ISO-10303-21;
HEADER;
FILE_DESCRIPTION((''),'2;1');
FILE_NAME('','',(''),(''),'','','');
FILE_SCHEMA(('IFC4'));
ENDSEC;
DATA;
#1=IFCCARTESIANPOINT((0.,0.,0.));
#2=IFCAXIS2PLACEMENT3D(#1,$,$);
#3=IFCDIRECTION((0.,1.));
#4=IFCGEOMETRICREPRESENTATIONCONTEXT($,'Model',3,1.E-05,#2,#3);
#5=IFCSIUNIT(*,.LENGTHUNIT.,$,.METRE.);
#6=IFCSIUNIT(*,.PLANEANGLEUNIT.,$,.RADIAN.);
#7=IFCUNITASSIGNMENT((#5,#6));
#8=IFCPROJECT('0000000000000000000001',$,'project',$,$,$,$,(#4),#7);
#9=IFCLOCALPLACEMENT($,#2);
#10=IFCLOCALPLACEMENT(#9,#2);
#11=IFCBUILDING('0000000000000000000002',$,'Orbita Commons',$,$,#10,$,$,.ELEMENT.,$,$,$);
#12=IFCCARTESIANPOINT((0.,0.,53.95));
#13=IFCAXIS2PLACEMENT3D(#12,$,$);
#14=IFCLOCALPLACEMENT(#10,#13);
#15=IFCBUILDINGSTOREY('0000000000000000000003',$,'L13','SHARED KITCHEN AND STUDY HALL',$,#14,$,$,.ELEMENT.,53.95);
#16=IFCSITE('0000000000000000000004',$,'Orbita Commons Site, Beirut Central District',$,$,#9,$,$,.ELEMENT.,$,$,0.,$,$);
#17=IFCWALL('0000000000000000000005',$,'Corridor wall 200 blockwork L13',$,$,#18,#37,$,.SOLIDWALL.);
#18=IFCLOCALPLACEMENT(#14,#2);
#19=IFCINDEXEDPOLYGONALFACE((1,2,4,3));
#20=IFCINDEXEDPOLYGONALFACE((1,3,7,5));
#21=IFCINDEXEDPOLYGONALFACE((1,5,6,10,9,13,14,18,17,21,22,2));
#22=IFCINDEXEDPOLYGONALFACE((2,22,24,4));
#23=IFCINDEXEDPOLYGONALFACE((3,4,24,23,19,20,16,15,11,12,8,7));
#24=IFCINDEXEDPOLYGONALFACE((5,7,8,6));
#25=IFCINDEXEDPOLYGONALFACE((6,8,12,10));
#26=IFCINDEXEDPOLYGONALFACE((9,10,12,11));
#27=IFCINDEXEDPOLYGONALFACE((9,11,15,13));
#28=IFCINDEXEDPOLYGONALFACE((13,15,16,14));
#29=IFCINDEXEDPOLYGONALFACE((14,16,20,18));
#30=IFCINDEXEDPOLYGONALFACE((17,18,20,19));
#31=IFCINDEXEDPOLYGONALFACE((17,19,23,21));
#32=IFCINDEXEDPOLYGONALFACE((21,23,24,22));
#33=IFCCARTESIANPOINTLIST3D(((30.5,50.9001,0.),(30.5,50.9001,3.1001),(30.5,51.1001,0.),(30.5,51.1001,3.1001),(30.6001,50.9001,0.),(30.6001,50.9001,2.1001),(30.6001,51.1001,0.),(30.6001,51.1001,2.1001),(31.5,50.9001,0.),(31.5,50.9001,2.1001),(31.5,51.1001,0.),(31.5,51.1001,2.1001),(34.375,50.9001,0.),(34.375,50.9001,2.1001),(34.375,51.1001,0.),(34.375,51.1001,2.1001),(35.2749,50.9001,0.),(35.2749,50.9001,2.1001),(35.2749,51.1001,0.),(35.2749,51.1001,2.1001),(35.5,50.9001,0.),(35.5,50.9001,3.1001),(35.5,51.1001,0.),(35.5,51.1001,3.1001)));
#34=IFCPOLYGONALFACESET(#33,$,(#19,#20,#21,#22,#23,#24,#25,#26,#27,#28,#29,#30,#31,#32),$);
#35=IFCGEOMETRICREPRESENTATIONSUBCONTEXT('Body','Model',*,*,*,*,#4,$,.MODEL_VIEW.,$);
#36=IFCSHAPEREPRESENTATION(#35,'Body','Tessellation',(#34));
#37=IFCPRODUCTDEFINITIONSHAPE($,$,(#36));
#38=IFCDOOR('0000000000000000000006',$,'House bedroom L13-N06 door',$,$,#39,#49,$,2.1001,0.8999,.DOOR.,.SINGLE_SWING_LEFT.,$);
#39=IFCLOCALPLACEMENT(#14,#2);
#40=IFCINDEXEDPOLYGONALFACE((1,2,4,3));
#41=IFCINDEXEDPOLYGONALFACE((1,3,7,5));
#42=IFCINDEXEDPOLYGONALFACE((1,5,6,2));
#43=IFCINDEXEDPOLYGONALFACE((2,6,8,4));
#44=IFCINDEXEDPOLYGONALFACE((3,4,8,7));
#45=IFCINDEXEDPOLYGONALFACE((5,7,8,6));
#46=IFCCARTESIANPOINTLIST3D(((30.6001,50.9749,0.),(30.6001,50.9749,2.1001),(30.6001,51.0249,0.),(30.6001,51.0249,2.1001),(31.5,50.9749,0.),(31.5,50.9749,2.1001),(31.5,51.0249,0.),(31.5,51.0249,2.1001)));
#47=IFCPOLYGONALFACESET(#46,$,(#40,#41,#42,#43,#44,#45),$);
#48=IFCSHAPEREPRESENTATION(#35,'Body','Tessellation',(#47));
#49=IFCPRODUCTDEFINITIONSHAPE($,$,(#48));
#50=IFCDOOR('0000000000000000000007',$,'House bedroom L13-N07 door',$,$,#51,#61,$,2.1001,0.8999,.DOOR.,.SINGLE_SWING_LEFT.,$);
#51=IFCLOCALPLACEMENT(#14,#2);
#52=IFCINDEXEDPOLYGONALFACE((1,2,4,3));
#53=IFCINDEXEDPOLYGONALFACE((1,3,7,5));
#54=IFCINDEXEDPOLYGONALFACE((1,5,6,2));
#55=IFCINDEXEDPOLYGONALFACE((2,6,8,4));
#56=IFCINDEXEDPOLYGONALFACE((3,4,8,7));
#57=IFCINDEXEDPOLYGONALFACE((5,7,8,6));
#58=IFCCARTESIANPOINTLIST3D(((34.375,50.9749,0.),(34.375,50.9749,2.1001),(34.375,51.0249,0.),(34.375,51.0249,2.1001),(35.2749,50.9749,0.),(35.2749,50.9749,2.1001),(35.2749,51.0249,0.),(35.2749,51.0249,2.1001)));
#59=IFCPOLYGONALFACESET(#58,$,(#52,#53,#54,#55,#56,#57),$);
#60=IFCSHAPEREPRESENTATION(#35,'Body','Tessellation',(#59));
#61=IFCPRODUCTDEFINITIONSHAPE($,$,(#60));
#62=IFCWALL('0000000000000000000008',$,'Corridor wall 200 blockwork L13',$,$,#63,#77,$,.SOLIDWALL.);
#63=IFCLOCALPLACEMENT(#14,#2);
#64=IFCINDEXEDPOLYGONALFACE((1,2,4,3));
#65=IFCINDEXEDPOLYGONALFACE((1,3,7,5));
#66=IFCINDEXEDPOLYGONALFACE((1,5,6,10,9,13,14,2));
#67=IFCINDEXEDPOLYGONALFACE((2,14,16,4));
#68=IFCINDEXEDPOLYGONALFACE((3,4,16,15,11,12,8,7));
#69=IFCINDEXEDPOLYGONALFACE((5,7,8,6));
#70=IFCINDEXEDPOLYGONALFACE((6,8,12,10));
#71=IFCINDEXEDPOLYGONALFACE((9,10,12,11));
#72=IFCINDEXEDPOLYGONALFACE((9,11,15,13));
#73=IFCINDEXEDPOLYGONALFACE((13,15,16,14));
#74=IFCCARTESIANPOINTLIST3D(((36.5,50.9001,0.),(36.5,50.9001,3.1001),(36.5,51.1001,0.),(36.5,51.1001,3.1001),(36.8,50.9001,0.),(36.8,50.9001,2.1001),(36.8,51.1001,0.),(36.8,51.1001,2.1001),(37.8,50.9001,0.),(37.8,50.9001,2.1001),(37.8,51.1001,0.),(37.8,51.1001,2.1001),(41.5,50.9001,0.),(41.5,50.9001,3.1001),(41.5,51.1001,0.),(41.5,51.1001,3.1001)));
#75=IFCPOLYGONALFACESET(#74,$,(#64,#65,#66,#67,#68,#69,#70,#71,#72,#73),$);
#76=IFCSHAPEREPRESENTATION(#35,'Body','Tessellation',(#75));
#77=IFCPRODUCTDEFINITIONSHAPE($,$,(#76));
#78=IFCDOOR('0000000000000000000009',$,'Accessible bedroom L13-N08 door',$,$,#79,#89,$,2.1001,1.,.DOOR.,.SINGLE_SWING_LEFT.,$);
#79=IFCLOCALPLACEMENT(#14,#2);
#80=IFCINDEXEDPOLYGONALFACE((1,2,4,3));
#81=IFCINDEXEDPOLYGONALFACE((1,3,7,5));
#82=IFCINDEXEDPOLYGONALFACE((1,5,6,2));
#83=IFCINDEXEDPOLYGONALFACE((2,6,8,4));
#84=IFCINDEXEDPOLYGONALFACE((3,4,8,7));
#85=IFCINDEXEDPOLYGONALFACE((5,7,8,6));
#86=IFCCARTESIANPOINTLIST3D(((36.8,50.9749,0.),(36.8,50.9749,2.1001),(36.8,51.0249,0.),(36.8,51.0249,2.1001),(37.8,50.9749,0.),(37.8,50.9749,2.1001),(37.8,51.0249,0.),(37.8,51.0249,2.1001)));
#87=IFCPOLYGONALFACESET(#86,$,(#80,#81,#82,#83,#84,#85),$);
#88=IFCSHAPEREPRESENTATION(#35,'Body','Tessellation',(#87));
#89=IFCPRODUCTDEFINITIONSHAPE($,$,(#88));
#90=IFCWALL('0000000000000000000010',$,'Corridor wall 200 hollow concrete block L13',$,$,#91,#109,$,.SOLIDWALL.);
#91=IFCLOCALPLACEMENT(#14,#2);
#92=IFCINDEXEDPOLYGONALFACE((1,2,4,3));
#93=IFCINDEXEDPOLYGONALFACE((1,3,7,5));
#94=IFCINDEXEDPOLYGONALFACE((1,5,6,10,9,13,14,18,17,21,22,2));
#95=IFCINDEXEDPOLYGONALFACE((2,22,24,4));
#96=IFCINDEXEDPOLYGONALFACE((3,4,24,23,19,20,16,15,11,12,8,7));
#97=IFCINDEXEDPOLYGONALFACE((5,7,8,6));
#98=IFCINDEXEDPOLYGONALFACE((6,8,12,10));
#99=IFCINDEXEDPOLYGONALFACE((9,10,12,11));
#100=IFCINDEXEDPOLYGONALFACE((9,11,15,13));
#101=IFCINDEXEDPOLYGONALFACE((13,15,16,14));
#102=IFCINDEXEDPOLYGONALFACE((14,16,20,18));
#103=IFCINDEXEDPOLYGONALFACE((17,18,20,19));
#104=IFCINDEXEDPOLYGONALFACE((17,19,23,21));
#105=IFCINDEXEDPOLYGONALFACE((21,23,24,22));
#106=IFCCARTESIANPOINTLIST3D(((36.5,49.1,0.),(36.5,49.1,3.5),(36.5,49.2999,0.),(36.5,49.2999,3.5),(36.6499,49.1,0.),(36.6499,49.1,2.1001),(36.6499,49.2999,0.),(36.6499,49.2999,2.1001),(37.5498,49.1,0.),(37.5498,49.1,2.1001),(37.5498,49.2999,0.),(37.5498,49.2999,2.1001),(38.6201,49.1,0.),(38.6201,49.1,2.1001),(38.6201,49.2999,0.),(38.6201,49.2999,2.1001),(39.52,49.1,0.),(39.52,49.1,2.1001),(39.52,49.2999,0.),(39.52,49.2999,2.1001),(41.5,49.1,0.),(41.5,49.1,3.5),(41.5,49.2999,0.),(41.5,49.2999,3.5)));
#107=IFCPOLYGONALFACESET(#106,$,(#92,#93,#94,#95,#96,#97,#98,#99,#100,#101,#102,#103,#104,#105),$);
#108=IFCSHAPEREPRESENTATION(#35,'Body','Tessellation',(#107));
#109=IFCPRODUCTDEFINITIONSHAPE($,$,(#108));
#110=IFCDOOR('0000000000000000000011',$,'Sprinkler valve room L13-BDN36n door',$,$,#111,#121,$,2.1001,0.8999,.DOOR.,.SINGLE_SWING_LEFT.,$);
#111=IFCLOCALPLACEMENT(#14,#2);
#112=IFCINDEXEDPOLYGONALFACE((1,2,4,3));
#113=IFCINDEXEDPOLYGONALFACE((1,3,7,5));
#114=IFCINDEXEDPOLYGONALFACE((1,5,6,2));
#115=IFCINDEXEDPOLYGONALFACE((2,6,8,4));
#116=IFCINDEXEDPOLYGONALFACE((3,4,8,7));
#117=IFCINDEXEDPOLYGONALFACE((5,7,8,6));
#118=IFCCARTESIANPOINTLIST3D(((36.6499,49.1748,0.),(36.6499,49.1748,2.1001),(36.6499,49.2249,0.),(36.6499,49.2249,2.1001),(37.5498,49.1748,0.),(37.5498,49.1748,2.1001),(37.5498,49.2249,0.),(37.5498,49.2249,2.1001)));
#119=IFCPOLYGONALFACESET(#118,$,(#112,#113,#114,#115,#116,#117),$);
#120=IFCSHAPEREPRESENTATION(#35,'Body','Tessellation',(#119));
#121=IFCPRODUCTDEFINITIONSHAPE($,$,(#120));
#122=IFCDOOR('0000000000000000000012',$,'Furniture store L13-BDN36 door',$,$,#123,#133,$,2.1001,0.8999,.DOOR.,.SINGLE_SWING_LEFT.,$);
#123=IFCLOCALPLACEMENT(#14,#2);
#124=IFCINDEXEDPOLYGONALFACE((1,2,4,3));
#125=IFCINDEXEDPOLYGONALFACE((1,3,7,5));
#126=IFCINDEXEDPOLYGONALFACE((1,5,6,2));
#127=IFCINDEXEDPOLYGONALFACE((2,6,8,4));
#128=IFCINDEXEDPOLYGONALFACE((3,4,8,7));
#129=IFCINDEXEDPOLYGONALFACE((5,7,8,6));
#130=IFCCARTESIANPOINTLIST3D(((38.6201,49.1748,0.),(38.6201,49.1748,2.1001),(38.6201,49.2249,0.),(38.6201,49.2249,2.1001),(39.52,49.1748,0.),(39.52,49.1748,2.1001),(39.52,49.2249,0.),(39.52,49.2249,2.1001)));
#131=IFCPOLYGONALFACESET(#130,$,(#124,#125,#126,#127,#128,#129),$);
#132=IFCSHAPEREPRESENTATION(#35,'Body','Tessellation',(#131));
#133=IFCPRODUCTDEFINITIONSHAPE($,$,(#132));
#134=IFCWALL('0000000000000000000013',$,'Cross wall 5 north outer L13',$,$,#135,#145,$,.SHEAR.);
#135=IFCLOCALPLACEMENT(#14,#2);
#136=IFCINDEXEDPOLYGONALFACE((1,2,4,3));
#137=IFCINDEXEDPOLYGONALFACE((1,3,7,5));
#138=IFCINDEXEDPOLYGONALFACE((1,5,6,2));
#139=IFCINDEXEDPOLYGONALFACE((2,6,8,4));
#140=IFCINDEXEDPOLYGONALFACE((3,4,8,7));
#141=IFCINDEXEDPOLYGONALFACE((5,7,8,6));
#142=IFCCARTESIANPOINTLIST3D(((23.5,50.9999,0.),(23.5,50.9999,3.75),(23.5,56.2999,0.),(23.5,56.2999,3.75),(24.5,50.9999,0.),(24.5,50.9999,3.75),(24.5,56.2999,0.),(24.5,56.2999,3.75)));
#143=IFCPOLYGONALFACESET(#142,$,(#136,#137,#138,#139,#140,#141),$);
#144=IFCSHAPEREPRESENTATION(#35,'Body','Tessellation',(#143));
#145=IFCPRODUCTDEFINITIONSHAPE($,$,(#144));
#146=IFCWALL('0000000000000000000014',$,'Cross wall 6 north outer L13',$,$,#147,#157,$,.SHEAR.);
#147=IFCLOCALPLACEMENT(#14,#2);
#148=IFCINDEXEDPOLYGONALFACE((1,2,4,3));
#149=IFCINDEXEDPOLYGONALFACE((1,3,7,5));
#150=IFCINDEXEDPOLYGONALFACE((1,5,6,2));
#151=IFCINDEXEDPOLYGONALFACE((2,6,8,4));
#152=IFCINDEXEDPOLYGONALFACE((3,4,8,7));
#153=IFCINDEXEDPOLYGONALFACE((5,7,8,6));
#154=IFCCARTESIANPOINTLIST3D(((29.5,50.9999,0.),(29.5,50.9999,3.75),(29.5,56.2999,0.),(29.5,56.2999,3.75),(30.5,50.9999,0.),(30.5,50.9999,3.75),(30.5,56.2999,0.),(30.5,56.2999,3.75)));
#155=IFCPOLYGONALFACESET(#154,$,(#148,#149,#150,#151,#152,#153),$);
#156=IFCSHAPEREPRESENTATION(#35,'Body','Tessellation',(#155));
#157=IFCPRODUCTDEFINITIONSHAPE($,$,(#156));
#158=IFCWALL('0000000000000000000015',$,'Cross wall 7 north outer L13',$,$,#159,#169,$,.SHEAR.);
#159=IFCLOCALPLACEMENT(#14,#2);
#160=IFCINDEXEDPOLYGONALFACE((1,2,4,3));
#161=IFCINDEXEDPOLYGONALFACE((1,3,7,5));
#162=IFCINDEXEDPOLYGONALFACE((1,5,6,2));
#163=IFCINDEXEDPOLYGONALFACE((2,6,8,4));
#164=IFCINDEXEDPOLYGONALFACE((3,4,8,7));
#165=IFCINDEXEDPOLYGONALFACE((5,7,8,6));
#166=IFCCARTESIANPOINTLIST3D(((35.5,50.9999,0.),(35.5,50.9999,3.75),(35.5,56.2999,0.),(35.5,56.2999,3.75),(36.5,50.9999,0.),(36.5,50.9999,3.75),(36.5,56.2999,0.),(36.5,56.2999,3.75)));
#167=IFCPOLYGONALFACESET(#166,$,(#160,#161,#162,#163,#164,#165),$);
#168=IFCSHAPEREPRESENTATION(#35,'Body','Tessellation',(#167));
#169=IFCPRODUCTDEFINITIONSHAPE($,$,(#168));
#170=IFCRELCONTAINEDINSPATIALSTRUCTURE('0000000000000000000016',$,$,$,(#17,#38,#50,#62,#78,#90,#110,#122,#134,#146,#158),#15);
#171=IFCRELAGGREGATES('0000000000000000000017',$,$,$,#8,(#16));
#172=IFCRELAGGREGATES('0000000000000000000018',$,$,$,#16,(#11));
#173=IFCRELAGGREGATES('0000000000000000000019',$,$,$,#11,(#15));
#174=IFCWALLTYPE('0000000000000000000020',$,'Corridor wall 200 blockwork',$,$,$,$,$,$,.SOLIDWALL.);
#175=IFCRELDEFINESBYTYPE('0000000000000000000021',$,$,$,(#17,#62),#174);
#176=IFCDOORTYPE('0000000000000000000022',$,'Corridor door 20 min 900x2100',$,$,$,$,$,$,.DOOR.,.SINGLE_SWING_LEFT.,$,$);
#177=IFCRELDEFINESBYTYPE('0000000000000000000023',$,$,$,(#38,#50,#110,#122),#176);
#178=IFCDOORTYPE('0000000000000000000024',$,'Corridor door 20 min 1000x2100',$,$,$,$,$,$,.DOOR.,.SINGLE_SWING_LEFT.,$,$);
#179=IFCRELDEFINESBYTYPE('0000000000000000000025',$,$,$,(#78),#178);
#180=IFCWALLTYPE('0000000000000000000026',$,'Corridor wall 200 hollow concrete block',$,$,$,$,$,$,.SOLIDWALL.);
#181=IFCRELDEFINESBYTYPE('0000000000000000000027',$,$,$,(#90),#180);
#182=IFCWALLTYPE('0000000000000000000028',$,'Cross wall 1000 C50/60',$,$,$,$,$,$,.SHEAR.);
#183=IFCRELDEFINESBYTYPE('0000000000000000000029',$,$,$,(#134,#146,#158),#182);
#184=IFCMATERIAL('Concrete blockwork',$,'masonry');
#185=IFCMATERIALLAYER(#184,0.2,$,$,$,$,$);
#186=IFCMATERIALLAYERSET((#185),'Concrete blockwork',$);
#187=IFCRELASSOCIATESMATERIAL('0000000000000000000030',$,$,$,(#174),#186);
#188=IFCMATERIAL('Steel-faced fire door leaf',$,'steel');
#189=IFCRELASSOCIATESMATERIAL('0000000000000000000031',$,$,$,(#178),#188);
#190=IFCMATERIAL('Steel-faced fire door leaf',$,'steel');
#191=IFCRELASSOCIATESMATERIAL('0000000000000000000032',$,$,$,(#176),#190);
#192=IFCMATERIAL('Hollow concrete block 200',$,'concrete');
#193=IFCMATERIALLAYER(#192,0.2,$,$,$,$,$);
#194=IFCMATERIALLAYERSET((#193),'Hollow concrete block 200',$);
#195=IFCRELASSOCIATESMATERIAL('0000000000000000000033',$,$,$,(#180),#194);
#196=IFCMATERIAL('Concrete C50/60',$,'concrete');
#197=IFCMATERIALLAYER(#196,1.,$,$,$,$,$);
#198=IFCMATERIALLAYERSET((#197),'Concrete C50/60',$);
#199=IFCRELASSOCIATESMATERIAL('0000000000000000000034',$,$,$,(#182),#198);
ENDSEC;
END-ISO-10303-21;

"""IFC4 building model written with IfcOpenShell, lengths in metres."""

from ifc_helpers import new_model, si_unit, direction, frame, frame_2d, origin, place, context, subcontext, project, spatial, polyline, rectangle, outline, extrude, material, layer, layer_set, type_object, element, fill, save


model = new_model("IFC4")

# Units and contexts
model_context = context("Model", 3, precision=1e-05, world=origin(), true_north=direction((0.0, 1.0)))
body_context = subcontext(model_context, "Body", "Model", "MODEL_VIEW")
ifc_project = project(units=[si_unit("LENGTHUNIT", "METRE"), si_unit("PLANEANGLEUNIT", "RADIAN")], contexts=[model_context])

# Site, building, storey
site_placement = place(None, origin())
site = spatial("IfcSite", under=ifc_project, at=site_placement, Name="Orbita Commons Site, Beirut Central District", CompositionType="ELEMENT", RefElevation=0.0)
building_placement = place(site_placement, origin())
building = spatial("IfcBuilding", under=site, at=building_placement, Name="Orbita Commons", CompositionType="ELEMENT")
storey_placement = place(building_placement, frame((0.0, 0.0, 53.95)))
storey = spatial("IfcBuildingStorey", under=building, at=storey_placement, Name="L13", Description="SHARED KITCHEN AND STUDY HALL", CompositionType="ELEMENT", Elevation=53.95)

# Shared definitions
ifc_material_1 = material(Name="Concrete blockwork", Category="masonry")
ifc_layer_1 = layer(ifc_material_1, 0.2)
ifc_layer_set_1 = layer_set([ifc_layer_1], Name="Concrete blockwork")
wall_type_1 = type_object("IfcWallType", Name="Corridor wall 200 blockwork", PredefinedType="SOLIDWALL", material=ifc_layer_set_1)
ifc_material_2 = material(Name="Steel-faced fire door leaf", Category="steel")
door_type_1 = type_object("IfcDoorType", Name="Corridor door 20 min 1000x2100", OperationType="SINGLE_SWING_LEFT", PredefinedType="DOOR", material=ifc_material_2)

# Wall, openings, doors
wall_1_placement = place(storey_placement, frame((30.5, 51.0, 0.0), z_axis=(0.0, 0.0, 1.0), x_axis=(1.0, 0.0, 0.0)))
wall_1 = element("IfcWall", 1, at=wall_1_placement, inside=storey, type_object=wall_type_1, Name="Corridor wall 200 blockwork L13", PredefinedType="SOLIDWALL", context=body_context, shape_type="SweptSolid", body=[
    extrude(outline(polyline([(0.0, 0.0), (5.0, 0.0), (5.0, 3.1001), (0.0, 3.1001), (0.0, 0.0)])), frame((0.0, 0.1001, 0.0), z_axis=(0.0, -1.0, 0.0), x_axis=(1.0, 0.0, 0.0)), (0.0, 0.0, 1.0), 0.2),
])
opening_1_placement = place(wall_1_placement, frame((0.1001, 0.0, 0.0)))
opening_1 = element("IfcOpeningElement", 2, at=opening_1_placement, cuts=wall_1, PredefinedType="OPENING", context=body_context, shape_type="SweptSolid", body=[
    extrude(rectangle(XDim=0.8999, YDim=2.1001, at=frame_2d((0.45, 1.05))), frame((0.0, 0.1099, 0.0), z_axis=(0.0, -1.0, 0.0), x_axis=(1.0, 0.0, 0.0)), (0.0, 0.0, 1.0), 0.22),
])
opening_2_placement = place(wall_1_placement, frame((3.875, 0.0, 0.0)))
opening_2 = element("IfcOpeningElement", 3, at=opening_2_placement, cuts=wall_1, PredefinedType="OPENING", context=body_context, shape_type="SweptSolid", body=[
    extrude(rectangle(XDim=0.8999, YDim=2.1001, at=frame_2d((0.45, 1.05))), frame((0.0, 0.1099, 0.0), z_axis=(0.0, -1.0, 0.0), x_axis=(1.0, 0.0, 0.0)), (0.0, 0.0, 1.0), 0.22),
])
ifc_material_3 = material(Name="Steel-faced fire door leaf", Category="steel")
door_type_2 = type_object("IfcDoorType", Name="Corridor door 20 min 900x2100", OperationType="SINGLE_SWING_LEFT", PredefinedType="DOOR", material=ifc_material_3)
door_1_placement = place(opening_1_placement, origin())
door_1 = element("IfcDoor", 4, at=door_1_placement, inside=storey, type_object=door_type_2, Name="House bedroom L13-N06 door", OperationType="SINGLE_SWING_LEFT", OverallHeight=2.1001, OverallWidth=0.8999, PredefinedType="DOOR", context=body_context, shape_type="SweptSolid", body=[
    extrude(rectangle(XDim=0.8999, YDim=2.1001, at=frame_2d((0.45, 1.05))), frame((0.0, 0.0249, 0.0), z_axis=(0.0, -1.0, 0.0), x_axis=(1.0, 0.0, 0.0)), (0.0, 0.0, 1.0), 0.05),
])
fill(opening_1, door_1)
door_2_placement = place(opening_2_placement, origin())
door_2 = element("IfcDoor", 5, at=door_2_placement, inside=storey, type_object=door_type_2, Name="House bedroom L13-N07 door", OperationType="SINGLE_SWING_LEFT", OverallHeight=2.1001, OverallWidth=0.8999, PredefinedType="DOOR", context=body_context, shape_type="SweptSolid", body=[
    extrude(rectangle(XDim=0.8999, YDim=2.1001, at=frame_2d((0.45, 1.05))), frame((0.0, 0.0249, 0.0), z_axis=(0.0, -1.0, 0.0), x_axis=(1.0, 0.0, 0.0)), (0.0, 0.0, 1.0), 0.05),
])
fill(opening_2, door_2)

# Wall, opening, door
wall_2_placement = place(storey_placement, frame((36.5, 51.0, 0.0), z_axis=(0.0, 0.0, 1.0), x_axis=(1.0, 0.0, 0.0)))
wall_2 = element("IfcWall", 6, at=wall_2_placement, inside=storey, type_object=wall_type_1, Name="Corridor wall 200 blockwork L13", PredefinedType="SOLIDWALL", context=body_context, shape_type="SweptSolid", body=[
    extrude(outline(polyline([(0.0, 0.0), (5.0, 0.0), (5.0, 3.1001), (0.0, 3.1001), (0.0, 0.0)])), frame((0.0, 0.1001, 0.0), z_axis=(0.0, -1.0, 0.0), x_axis=(1.0, 0.0, 0.0)), (0.0, 0.0, 1.0), 0.2),
])
opening_3_placement = place(wall_2_placement, frame((0.3, 0.0, 0.0)))
opening_3 = element("IfcOpeningElement", 7, at=opening_3_placement, cuts=wall_2, PredefinedType="OPENING", context=body_context, shape_type="SweptSolid", body=[
    extrude(rectangle(XDim=1.0, YDim=2.1001, at=frame_2d((0.5, 1.05))), frame((0.0, 0.1099, 0.0), z_axis=(0.0, -1.0, 0.0), x_axis=(1.0, 0.0, 0.0)), (0.0, 0.0, 1.0), 0.22),
])
door_3_placement = place(opening_3_placement, origin())
door_3 = element("IfcDoor", 8, at=door_3_placement, inside=storey, type_object=door_type_1, Name="Accessible bedroom L13-N08 door", OperationType="SINGLE_SWING_LEFT", OverallHeight=2.1001, OverallWidth=1.0, PredefinedType="DOOR", context=body_context, shape_type="SweptSolid", body=[
    extrude(rectangle(XDim=1.0, YDim=2.1001, at=frame_2d((0.5, 1.05))), frame((0.0, 0.0249, 0.0), z_axis=(0.0, -1.0, 0.0), x_axis=(1.0, 0.0, 0.0)), (0.0, 0.0, 1.0), 0.05),
])
fill(opening_3, door_3)

# Wall, openings, doors
ifc_material_4 = material(Name="Hollow concrete block 200", Category="concrete")
ifc_layer_2 = layer(ifc_material_4, 0.2)
ifc_layer_set_2 = layer_set([ifc_layer_2], Name="Hollow concrete block 200")
wall_type_2 = type_object("IfcWallType", Name="Corridor wall 200 hollow concrete block", PredefinedType="SOLIDWALL", material=ifc_layer_set_2)
wall_3_placement = place(storey_placement, frame((36.5, 49.2, 0.0), z_axis=(0.0, 0.0, 1.0), x_axis=(1.0, 0.0, 0.0)))
wall_3 = element("IfcWall", 9, at=wall_3_placement, inside=storey, type_object=wall_type_2, Name="Corridor wall 200 hollow concrete block L13", PredefinedType="SOLIDWALL", context=body_context, shape_type="SweptSolid", body=[
    extrude(rectangle(XDim=5.0, YDim=0.2, at=frame_2d((2.5, 0.0))), origin(), (0.0, 0.0, 1.0), 3.5),
])
opening_4_placement = place(wall_3_placement, frame((0.1499, 0.0, 0.0)))
opening_4 = element("IfcOpeningElement", 10, at=opening_4_placement, cuts=wall_3, PredefinedType="OPENING", context=body_context, shape_type="SweptSolid", body=[
    extrude(rectangle(XDim=0.8999, YDim=2.1001, at=frame_2d((0.45, 1.05))), frame((0.0, 0.1099, 0.0), z_axis=(0.0, -1.0, 0.0), x_axis=(1.0, 0.0, 0.0)), (0.0, 0.0, 1.0), 0.22),
])
opening_5_placement = place(wall_3_placement, frame((2.1201, 0.0, 0.0)))
opening_5 = element("IfcOpeningElement", 11, at=opening_5_placement, cuts=wall_3, PredefinedType="OPENING", context=body_context, shape_type="SweptSolid", body=[
    extrude(rectangle(XDim=0.8999, YDim=2.1001, at=frame_2d((0.45, 1.05))), frame((0.0, 0.1099, 0.0), z_axis=(0.0, -1.0, 0.0), x_axis=(1.0, 0.0, 0.0)), (0.0, 0.0, 1.0), 0.22),
])
door_4_placement = place(opening_4_placement, origin())
door_4 = element("IfcDoor", 12, at=door_4_placement, inside=storey, type_object=door_type_2, Name="Sprinkler valve room L13-BDN36n door", OperationType="SINGLE_SWING_LEFT", OverallHeight=2.1001, OverallWidth=0.8999, PredefinedType="DOOR", context=body_context, shape_type="SweptSolid", body=[
    extrude(rectangle(XDim=0.8999, YDim=2.1001, at=frame_2d((0.45, 1.05))), frame((0.0, 0.0249, 0.0), z_axis=(0.0, -1.0, 0.0), x_axis=(1.0, 0.0, 0.0)), (0.0, 0.0, 1.0), 0.05),
])
fill(opening_4, door_4)
door_5_placement = place(opening_5_placement, origin())
door_5 = element("IfcDoor", 13, at=door_5_placement, inside=storey, type_object=door_type_2, Name="Furniture store L13-BDN36 door", OperationType="SINGLE_SWING_LEFT", OverallHeight=2.1001, OverallWidth=0.8999, PredefinedType="DOOR", context=body_context, shape_type="SweptSolid", body=[
    extrude(rectangle(XDim=0.8999, YDim=2.1001, at=frame_2d((0.45, 1.05))), frame((0.0, 0.0249, 0.0), z_axis=(0.0, -1.0, 0.0), x_axis=(1.0, 0.0, 0.0)), (0.0, 0.0, 1.0), 0.05),
])
fill(opening_5, door_5)

# Walls
ifc_material_5 = material(Name="Concrete C50/60", Category="concrete")
ifc_layer_3 = layer(ifc_material_5, 1.0)
ifc_layer_set_3 = layer_set([ifc_layer_3], Name="Concrete C50/60")
wall_type_3 = type_object("IfcWallType", Name="Cross wall 1000 C50/60", PredefinedType="SHEAR", material=ifc_layer_set_3)
for number, where, z_axis, x_axis, name in (
    (14, (24.0, 51.0, 0.0), (0.0, 0.0, 1.0), (0.0, 1.0, 0.0), "Cross wall 5 north outer L13"),
    (15, (30.0, 51.0, 0.0), (0.0, 0.0, 1.0), (0.0, 1.0, 0.0), "Cross wall 6 north outer L13"),
    (16, (36.0, 51.0, 0.0), (0.0, 0.0, 1.0), (0.0, 1.0, 0.0), "Cross wall 7 north outer L13"),
):
    element("IfcWall", number, at=place(storey_placement, frame(where, z_axis=z_axis, x_axis=x_axis)), inside=storey, type_object=wall_type_3, Name=name, PredefinedType="SHEAR", context=body_context, shape_type="SweptSolid", body=[
        extrude(rectangle(XDim=5.3, YDim=1.0, at=frame_2d((2.6499, 0.0))), origin(), (0.0, 0.0, 1.0), 3.75),
    ])

save(model, "model.ifc")
